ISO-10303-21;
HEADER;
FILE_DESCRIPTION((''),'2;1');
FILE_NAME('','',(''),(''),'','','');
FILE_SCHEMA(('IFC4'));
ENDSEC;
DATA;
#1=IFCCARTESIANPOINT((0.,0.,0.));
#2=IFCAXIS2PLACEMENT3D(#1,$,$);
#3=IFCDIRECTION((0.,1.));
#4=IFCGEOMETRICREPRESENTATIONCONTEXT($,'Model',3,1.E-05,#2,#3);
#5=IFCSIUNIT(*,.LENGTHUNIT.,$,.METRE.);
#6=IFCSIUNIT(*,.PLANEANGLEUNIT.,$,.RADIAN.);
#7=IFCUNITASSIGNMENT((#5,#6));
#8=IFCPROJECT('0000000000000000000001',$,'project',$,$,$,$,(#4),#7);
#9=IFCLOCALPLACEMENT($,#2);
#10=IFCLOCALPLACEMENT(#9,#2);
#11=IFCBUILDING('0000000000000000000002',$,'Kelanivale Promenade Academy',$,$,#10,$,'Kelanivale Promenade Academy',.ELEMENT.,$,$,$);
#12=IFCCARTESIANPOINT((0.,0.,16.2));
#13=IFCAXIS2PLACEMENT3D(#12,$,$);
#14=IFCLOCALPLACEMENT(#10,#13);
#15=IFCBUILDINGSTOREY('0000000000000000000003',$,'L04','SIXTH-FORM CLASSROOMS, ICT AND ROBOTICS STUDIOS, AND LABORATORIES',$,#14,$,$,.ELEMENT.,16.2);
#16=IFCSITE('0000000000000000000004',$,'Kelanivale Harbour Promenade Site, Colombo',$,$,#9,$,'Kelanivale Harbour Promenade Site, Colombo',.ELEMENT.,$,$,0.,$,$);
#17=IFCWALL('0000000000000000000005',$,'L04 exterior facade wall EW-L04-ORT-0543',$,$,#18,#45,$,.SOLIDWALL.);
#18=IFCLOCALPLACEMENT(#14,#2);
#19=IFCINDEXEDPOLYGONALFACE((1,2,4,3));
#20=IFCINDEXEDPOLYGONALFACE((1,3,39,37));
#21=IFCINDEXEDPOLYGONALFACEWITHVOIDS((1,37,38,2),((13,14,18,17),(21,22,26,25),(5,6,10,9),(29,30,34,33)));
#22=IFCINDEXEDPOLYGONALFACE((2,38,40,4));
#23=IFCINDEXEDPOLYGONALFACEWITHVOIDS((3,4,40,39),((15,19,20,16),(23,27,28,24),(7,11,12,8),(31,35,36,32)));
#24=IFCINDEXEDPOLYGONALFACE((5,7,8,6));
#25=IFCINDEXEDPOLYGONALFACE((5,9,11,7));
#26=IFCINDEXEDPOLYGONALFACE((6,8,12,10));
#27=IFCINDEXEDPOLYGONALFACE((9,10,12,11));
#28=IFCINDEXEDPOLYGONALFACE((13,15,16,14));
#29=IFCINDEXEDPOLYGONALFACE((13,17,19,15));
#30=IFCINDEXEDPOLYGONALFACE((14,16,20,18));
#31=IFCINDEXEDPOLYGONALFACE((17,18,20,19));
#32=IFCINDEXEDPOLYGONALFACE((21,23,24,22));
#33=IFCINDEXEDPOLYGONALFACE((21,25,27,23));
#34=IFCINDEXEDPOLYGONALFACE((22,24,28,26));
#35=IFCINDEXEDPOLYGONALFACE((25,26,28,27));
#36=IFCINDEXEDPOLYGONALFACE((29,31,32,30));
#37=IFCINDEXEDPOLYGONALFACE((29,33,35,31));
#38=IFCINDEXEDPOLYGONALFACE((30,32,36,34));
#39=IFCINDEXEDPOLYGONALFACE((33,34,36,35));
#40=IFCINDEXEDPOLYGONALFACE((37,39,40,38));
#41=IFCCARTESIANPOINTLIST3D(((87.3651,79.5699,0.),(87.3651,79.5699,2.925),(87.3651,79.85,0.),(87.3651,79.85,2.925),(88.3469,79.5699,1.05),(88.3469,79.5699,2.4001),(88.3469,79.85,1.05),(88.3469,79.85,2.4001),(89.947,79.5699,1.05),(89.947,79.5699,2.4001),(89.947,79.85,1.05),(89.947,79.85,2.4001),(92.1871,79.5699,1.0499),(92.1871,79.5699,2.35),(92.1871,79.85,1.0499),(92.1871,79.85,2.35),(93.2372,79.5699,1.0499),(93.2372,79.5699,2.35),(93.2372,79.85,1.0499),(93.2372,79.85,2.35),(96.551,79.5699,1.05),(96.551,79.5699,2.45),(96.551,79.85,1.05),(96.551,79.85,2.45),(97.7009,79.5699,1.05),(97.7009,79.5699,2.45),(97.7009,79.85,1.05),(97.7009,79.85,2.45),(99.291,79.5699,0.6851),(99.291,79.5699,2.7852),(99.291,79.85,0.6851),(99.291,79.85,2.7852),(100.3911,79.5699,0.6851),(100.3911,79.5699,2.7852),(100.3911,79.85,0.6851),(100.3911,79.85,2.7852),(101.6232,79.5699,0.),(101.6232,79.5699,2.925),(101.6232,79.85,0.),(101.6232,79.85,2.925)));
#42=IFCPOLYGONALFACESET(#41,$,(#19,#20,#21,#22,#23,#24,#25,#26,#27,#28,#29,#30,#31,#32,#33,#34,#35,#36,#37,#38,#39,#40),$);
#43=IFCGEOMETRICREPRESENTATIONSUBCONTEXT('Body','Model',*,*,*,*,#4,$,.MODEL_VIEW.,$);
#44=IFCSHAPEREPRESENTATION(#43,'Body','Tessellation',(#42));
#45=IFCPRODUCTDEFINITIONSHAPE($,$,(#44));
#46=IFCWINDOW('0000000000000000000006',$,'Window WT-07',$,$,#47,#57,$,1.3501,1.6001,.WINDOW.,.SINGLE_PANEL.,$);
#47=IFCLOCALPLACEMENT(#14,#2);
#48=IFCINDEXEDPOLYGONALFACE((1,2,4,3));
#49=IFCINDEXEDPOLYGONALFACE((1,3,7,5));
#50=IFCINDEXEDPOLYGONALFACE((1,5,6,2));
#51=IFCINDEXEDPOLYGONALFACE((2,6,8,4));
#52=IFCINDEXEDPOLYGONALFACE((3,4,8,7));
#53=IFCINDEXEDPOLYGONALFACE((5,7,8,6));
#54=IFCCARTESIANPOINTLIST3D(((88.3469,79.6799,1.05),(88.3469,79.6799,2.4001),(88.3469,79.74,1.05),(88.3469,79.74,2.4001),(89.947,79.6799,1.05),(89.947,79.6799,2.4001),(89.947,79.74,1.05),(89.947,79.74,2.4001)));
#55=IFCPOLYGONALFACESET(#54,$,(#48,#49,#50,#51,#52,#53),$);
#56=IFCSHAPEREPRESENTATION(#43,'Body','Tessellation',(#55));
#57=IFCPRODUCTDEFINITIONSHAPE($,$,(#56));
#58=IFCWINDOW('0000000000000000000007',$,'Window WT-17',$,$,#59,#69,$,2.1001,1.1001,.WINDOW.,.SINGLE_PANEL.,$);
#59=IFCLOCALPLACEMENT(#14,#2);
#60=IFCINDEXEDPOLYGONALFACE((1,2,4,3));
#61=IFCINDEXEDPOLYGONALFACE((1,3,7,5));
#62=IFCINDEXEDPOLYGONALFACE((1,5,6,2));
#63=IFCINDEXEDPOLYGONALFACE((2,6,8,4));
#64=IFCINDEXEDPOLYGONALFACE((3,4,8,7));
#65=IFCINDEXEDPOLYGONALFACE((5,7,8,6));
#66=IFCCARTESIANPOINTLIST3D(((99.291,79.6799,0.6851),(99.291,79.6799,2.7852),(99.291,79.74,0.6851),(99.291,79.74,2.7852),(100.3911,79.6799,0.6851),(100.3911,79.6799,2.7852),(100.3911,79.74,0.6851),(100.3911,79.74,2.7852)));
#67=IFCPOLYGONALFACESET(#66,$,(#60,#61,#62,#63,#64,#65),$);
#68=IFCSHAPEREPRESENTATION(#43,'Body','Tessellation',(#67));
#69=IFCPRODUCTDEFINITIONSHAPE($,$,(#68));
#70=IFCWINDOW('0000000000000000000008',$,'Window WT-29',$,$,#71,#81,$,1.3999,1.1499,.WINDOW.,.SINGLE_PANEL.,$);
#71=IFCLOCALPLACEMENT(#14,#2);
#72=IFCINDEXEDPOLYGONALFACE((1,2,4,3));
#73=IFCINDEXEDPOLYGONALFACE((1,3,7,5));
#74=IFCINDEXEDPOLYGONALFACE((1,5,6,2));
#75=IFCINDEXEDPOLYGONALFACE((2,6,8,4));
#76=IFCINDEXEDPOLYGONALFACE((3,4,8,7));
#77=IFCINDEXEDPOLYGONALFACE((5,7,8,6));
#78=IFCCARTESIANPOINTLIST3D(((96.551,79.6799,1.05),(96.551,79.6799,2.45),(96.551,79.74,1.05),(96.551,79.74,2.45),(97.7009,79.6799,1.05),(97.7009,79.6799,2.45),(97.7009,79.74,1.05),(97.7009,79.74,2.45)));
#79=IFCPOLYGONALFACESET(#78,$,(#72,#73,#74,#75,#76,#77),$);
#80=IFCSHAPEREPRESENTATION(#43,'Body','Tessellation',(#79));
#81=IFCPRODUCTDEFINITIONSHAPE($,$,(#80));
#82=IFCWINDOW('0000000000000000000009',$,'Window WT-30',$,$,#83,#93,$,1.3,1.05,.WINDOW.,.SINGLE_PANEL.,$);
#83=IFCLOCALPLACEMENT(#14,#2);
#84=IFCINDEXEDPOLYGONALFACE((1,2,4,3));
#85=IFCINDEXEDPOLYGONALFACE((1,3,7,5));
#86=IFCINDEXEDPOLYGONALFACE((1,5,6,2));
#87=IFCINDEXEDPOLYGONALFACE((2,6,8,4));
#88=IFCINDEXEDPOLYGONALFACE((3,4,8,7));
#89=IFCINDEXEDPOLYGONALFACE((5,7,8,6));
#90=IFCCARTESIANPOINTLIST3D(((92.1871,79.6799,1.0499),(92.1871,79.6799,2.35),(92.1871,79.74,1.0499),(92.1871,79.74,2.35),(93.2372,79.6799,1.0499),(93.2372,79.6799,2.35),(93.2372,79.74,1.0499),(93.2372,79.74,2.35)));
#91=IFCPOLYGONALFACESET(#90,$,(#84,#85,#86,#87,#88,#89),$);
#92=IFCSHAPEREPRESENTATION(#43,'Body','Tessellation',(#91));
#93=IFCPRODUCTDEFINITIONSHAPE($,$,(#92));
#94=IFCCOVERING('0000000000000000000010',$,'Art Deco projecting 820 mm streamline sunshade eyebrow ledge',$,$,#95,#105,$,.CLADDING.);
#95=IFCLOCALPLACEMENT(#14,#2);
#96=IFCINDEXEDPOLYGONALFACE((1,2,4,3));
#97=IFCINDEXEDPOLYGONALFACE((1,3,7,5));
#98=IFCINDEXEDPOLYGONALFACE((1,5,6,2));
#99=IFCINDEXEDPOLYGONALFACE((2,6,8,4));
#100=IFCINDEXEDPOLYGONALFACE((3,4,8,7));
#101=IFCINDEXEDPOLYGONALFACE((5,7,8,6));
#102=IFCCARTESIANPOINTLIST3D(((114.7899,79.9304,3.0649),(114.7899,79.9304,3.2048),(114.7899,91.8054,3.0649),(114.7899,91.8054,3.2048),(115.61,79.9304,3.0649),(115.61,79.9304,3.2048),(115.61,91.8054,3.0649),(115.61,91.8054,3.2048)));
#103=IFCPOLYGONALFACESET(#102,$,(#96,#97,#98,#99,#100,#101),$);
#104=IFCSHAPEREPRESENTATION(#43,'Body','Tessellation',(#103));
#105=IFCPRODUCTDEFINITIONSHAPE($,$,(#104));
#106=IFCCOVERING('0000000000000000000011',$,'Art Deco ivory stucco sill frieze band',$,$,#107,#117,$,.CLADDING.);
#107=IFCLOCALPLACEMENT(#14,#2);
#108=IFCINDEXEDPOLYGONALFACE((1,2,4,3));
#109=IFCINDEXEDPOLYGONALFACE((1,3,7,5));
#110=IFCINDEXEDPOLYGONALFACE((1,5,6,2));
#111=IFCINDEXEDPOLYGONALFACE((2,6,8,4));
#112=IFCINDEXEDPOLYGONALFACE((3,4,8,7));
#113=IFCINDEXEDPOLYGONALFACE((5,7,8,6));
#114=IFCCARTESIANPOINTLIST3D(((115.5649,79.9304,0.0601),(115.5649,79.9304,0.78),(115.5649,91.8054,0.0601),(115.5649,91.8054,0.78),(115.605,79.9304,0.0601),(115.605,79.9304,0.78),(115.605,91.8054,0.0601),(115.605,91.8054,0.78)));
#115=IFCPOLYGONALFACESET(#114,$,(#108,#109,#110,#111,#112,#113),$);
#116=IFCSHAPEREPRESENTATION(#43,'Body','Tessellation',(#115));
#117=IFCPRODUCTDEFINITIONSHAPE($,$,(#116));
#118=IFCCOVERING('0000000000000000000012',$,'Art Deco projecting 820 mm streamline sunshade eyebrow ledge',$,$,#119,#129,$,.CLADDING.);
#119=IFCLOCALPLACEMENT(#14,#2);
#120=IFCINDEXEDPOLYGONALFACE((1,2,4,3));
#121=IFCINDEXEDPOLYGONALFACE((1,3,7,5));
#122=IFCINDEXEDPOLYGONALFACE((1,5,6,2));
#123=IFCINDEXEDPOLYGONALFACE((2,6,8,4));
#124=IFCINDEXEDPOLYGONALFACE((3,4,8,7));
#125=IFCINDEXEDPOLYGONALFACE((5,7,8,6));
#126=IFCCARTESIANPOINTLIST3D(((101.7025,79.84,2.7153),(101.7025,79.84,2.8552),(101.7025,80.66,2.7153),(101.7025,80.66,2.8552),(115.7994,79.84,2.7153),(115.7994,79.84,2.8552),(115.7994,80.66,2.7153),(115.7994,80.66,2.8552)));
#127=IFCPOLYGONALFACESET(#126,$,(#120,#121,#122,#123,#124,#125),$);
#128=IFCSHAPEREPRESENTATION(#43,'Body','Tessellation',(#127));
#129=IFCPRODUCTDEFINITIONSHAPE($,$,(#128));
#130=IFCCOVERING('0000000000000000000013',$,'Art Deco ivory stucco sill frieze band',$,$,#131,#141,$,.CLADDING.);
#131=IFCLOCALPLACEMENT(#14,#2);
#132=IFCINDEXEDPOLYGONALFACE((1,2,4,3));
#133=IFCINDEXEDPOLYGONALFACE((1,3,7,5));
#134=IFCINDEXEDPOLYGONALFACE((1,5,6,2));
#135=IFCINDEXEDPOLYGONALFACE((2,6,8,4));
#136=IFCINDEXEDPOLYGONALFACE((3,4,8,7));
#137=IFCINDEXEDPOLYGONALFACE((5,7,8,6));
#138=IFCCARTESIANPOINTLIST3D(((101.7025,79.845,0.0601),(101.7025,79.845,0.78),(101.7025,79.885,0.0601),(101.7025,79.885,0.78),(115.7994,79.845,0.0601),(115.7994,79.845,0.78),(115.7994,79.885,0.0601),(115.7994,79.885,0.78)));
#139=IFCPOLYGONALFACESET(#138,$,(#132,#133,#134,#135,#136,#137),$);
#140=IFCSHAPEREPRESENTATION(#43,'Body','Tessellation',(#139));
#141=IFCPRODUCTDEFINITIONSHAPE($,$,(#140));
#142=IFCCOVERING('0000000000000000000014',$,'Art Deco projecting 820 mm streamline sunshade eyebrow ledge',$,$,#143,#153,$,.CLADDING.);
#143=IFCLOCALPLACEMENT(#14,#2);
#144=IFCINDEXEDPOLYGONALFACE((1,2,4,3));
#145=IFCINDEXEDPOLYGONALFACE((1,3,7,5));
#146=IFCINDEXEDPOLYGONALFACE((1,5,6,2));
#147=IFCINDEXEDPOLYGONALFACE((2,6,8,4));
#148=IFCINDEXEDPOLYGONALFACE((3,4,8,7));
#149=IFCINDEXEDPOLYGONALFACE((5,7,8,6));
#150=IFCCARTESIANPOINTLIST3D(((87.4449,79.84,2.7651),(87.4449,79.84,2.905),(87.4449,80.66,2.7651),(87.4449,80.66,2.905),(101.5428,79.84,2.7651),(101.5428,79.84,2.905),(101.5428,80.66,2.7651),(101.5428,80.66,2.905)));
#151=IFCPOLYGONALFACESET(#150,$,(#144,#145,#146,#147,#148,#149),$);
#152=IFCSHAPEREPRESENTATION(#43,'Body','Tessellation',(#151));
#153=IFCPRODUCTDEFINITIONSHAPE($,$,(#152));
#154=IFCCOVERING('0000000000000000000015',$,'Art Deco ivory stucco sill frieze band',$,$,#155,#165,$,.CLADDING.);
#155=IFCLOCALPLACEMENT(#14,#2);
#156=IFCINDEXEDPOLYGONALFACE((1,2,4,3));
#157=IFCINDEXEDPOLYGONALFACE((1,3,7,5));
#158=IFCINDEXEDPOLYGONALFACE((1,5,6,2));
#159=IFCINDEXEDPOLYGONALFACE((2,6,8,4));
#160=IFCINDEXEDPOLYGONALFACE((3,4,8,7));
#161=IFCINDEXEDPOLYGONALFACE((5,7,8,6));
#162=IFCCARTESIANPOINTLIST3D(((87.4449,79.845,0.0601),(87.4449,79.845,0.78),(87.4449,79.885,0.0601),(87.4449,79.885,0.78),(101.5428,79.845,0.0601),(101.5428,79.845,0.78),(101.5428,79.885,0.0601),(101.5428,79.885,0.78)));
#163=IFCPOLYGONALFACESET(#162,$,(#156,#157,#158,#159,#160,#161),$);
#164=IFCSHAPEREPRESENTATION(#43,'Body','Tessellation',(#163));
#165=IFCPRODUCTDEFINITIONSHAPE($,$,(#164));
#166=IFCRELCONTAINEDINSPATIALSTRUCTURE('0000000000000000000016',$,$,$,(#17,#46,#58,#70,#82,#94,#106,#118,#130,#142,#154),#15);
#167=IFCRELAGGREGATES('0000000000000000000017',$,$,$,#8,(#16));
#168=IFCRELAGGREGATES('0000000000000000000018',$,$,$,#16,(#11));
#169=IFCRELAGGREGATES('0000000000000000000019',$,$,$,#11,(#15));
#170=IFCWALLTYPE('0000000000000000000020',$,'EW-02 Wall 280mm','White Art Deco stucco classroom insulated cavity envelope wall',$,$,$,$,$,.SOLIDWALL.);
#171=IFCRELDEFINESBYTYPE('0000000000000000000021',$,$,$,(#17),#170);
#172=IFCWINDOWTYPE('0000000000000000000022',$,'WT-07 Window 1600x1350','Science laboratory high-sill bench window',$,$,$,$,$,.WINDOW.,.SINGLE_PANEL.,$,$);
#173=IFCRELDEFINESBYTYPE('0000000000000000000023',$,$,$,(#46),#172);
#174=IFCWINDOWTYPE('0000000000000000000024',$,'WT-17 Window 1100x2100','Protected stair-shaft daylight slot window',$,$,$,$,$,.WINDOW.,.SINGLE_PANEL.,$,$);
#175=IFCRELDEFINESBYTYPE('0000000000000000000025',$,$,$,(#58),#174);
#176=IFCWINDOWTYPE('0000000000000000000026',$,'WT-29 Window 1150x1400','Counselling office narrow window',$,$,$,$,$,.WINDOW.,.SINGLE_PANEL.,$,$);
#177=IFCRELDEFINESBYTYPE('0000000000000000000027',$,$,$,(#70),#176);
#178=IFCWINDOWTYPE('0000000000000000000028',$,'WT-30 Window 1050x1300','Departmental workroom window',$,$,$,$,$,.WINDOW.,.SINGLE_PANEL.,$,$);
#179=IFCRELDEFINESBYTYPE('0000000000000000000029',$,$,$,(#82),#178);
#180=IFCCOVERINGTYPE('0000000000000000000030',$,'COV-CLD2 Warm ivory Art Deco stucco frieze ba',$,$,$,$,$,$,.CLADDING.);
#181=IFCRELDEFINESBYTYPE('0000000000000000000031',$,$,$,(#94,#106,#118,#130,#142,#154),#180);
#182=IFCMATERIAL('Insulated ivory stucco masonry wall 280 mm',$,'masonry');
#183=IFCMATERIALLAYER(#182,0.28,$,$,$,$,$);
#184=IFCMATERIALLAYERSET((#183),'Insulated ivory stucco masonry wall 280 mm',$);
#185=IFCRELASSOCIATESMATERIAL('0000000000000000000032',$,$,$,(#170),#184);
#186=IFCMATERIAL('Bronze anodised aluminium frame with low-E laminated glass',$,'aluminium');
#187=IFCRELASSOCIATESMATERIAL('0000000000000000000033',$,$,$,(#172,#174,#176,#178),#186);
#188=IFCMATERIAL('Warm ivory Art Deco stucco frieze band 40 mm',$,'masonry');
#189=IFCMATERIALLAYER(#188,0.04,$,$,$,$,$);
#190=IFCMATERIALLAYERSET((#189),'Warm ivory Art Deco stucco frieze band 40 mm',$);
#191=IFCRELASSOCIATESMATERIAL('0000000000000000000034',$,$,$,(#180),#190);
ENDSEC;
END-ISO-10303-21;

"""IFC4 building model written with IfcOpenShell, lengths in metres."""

from ifc_helpers import new_model, si_unit, direction, frame, frame_2d, origin, origin_2d, place, context, subcontext, project, spatial, rectangle, extrude, material, layer, layer_set, type_object, element, fill, save


model = new_model("IFC4")

# Units and contexts
model_context = context("Model", 3, precision=1e-05, world=origin(), true_north=direction((0.0, 1.0)))
body_context = subcontext(model_context, "Body", "Model", "MODEL_VIEW")
ifc_project = project(units=[si_unit("LENGTHUNIT", "METRE"), si_unit("PLANEANGLEUNIT", "RADIAN")], contexts=[model_context])

# Site, building, storey
site_placement = place(None, origin())
site = spatial("IfcSite", under=ifc_project, at=site_placement, Name="Kelanivale Harbour Promenade Site, Colombo", LongName="Kelanivale Harbour Promenade Site, Colombo", CompositionType="ELEMENT", RefElevation=0.0)
building_placement = place(site_placement, origin())
building = spatial("IfcBuilding", under=site, at=building_placement, Name="Kelanivale Promenade Academy", LongName="Kelanivale Promenade Academy", CompositionType="ELEMENT")
storey_placement = place(building_placement, frame((0.0, 0.0, 16.2)))
storey = spatial("IfcBuildingStorey", under=building, at=storey_placement, Name="L04", Description="SIXTH-FORM CLASSROOMS, ICT AND ROBOTICS STUDIOS, AND LABORATORIES", CompositionType="ELEMENT", Elevation=16.2)

# Wall, openings, windows
ifc_material_1 = material(Name="Insulated ivory stucco masonry wall 280 mm", Category="masonry")
ifc_layer_1 = layer(ifc_material_1, 0.28)
ifc_layer_set_1 = layer_set([ifc_layer_1], Name="Insulated ivory stucco masonry wall 280 mm")
wall_type = type_object("IfcWallType", Name="EW-02 Wall 280mm", Description="White Art Deco stucco classroom insulated cavity envelope wall", PredefinedType="SOLIDWALL", material=ifc_layer_set_1)
wall_placement = place(storey_placement, frame((101.623, 79.71, 0.0), z_axis=(0.0, 0.0, 1.0), x_axis=(-1.0, 0.0, 0.0)))
wall = element("IfcWall", 1, at=wall_placement, inside=storey, type_object=wall_type, Name="L04 exterior facade wall EW-L04-ORT-0543", PredefinedType="SOLIDWALL", context=body_context, shape_type="SweptSolid", body=[
    extrude(rectangle(XDim=14.2581, YDim=0.28, at=frame_2d((7.1289, 0.0))), origin(), (0.0, 0.0, 1.0), 2.925),
])
opening_1_placement = place(wall_placement, frame((1.2319, 0.0, 0.6851)))
opening_1 = element("IfcOpeningElement", 2, at=opening_1_placement, cuts=wall, PredefinedType="OPENING", context=body_context, shape_type="SweptSolid", body=[
    extrude(rectangle(XDim=1.1001, YDim=2.1001, at=frame_2d((0.55, 1.05))), frame((0.0, 0.1499, 0.0), z_axis=(0.0, -1.0, 0.0), x_axis=(1.0, 0.0, 0.0)), (0.0, 0.0, 1.0), 0.3),
])
opening_2_placement = place(wall_placement, frame((3.9221, 0.0, 1.05)))
opening_2 = element("IfcOpeningElement", 3, at=opening_2_placement, cuts=wall, PredefinedType="OPENING", context=body_context, shape_type="SweptSolid", body=[
    extrude(rectangle(XDim=1.1499, YDim=1.3999, at=frame_2d((0.575, 0.7))), frame((0.0, 0.1499, 0.0), z_axis=(0.0, -1.0, 0.0), x_axis=(1.0, 0.0, 0.0)), (0.0, 0.0, 1.0), 0.3),
])
opening_3_placement = place(wall_placement, frame((8.386, 0.0, 1.05)))
opening_3 = element("IfcOpeningElement", 4, at=opening_3_placement, cuts=wall, PredefinedType="OPENING", context=body_context, shape_type="SweptSolid", body=[
    extrude(rectangle(XDim=1.05, YDim=1.3, at=frame_2d((0.5249, 0.6499))), frame((0.0, 0.1499, 0.0), z_axis=(0.0, -1.0, 0.0), x_axis=(1.0, 0.0, 0.0)), (0.0, 0.0, 1.0), 0.3),
])
opening_4_placement = place(wall_placement, frame((11.676, 0.0, 1.05)))
opening_4 = element("IfcOpeningElement", 5, at=opening_4_placement, cuts=wall, PredefinedType="OPENING", context=body_context, shape_type="SweptSolid", body=[
    extrude(rectangle(XDim=1.6001, YDim=1.3501, at=frame_2d((0.8, 0.675))), frame((0.0, 0.1499, 0.0), z_axis=(0.0, -1.0, 0.0), x_axis=(1.0, 0.0, 0.0)), (0.0, 0.0, 1.0), 0.3),
])
ifc_material_2 = material(Name="Bronze anodised aluminium frame with low-E laminated glass", Category="aluminium")
window_type_1 = type_object("IfcWindowType", Name="WT-07 Window 1600x1350", Description="Science laboratory high-sill bench window", PartitioningType="SINGLE_PANEL", PredefinedType="WINDOW", material=ifc_material_2)
window_1_placement = place(opening_4_placement, origin())
window_1 = element("IfcWindow", 6, at=window_1_placement, inside=storey, type_object=window_type_1, Name="Window WT-07", OverallHeight=1.3501, OverallWidth=1.6001, PartitioningType="SINGLE_PANEL", PredefinedType="WINDOW", context=body_context, shape_type="SweptSolid", body=[
    extrude(rectangle(XDim=1.6001, YDim=1.3501, at=frame_2d((0.8, 0.675))), frame((0.0, 0.03, 0.0), z_axis=(0.0, -1.0, 0.0), x_axis=(1.0, 0.0, 0.0)), (0.0, 0.0, 1.0), 0.0601),
])
fill(opening_4, window_1)
window_type_2 = type_object("IfcWindowType", Name="WT-17 Window 1100x2100", Description="Protected stair-shaft daylight slot window", PartitioningType="SINGLE_PANEL", PredefinedType="WINDOW", material=ifc_material_2)
window_2_placement = place(opening_1_placement, origin())
window_2 = element("IfcWindow", 7, at=window_2_placement, inside=storey, type_object=window_type_2, Name="Window WT-17", OverallHeight=2.1001, OverallWidth=1.1001, PartitioningType="SINGLE_PANEL", PredefinedType="WINDOW", context=body_context, shape_type="SweptSolid", body=[
    extrude(rectangle(XDim=1.1001, YDim=2.1001, at=frame_2d((0.55, 1.05))), frame((0.0, 0.03, 0.0), z_axis=(0.0, -1.0, 0.0), x_axis=(1.0, 0.0, 0.0)), (0.0, 0.0, 1.0), 0.0601),
])
fill(opening_1, window_2)
window_type_3 = type_object("IfcWindowType", Name="WT-29 Window 1150x1400", Description="Counselling office narrow window", PartitioningType="SINGLE_PANEL", PredefinedType="WINDOW", material=ifc_material_2)
window_3_placement = place(opening_2_placement, origin())
window_3 = element("IfcWindow", 8, at=window_3_placement, inside=storey, type_object=window_type_3, Name="Window WT-29", OverallHeight=1.3999, OverallWidth=1.1499, PartitioningType="SINGLE_PANEL", PredefinedType="WINDOW", context=body_context, shape_type="SweptSolid", body=[
    extrude(rectangle(XDim=1.1499, YDim=1.3999, at=frame_2d((0.575, 0.7))), frame((0.0, 0.03, 0.0), z_axis=(0.0, -1.0, 0.0), x_axis=(1.0, 0.0, 0.0)), (0.0, 0.0, 1.0), 0.0601),
])
fill(opening_2, window_3)
window_type_4 = type_object("IfcWindowType", Name="WT-30 Window 1050x1300", Description="Departmental workroom window", PartitioningType="SINGLE_PANEL", PredefinedType="WINDOW", material=ifc_material_2)
window_4_placement = place(opening_3_placement, origin())
window_4 = element("IfcWindow", 9, at=window_4_placement, inside=storey, type_object=window_type_4, Name="Window WT-30", OverallHeight=1.3, OverallWidth=1.05, PartitioningType="SINGLE_PANEL", PredefinedType="WINDOW", context=body_context, shape_type="SweptSolid", body=[
    extrude(rectangle(XDim=1.05, YDim=1.3, at=frame_2d((0.5249, 0.6499))), frame((0.0, 0.03, 0.0), z_axis=(0.0, -1.0, 0.0), x_axis=(1.0, 0.0, 0.0)), (0.0, 0.0, 1.0), 0.0601),
])
fill(opening_3, window_4)

# Coverings
ifc_material_3 = material(Name="Warm ivory Art Deco stucco frieze band 40 mm", Category="masonry")
ifc_layer_2 = layer(ifc_material_3, 0.04)
ifc_layer_set_2 = layer_set([ifc_layer_2], Name="Warm ivory Art Deco stucco frieze band 40 mm")
covering_type = type_object("IfcCoveringType", Name="COV-CLD2 Warm ivory Art Deco stucco frieze ba", PredefinedType="CLADDING", material=ifc_layer_set_2)
covering_1_placement = place(storey_placement, frame((115.2, 85.8679, 3.0649), z_axis=(0.0, 0.0, 1.0), x_axis=(0.0, -1.0, 0.0)))
element("IfcCovering", 10, at=covering_1_placement, inside=storey, type_object=covering_type, Name="Art Deco projecting 820 mm streamline sunshade eyebrow ledge", PredefinedType="CLADDING", context=body_context, shape_type="SweptSolid", body=[
    extrude(rectangle(XDim=11.875, YDim=0.8201, at=origin_2d()), origin(), (0.0, 0.0, 1.0), 0.1399),
])
covering_2_placement = place(storey_placement, frame((115.585, 85.8679, 0.0601), z_axis=(0.0, 0.0, 1.0), x_axis=(0.0, -1.0, 0.0)))
element("IfcCovering", 11, at=covering_2_placement, inside=storey, type_object=covering_type, Name="Art Deco ivory stucco sill frieze band", PredefinedType="CLADDING", context=body_context, shape_type="SweptSolid", body=[
    extrude(rectangle(XDim=11.875, YDim=0.04, at=origin_2d()), origin(), (0.0, 0.0, 1.0), 0.72),
])
covering_3_placement = place(storey_placement, frame((108.751, 80.25, 2.7153), z_axis=(0.0, 0.0, 1.0), x_axis=(-1.0, 0.0, 0.0)))
element("IfcCovering", 12, at=covering_3_placement, inside=storey, type_object=covering_type, Name="Art Deco projecting 820 mm streamline sunshade eyebrow ledge", PredefinedType="CLADDING", context=body_context, shape_type="SweptSolid", body=[
    extrude(rectangle(XDim=14.0969, YDim=0.8201, at=origin_2d()), origin(), (0.0, 0.0, 1.0), 0.1399),
])
covering_4_placement = place(storey_placement, frame((108.751, 79.865, 0.0601), z_axis=(0.0, 0.0, 1.0), x_axis=(-1.0, 0.0, 0.0)))
element("IfcCovering", 13, at=covering_4_placement, inside=storey, type_object=covering_type, Name="Art Deco ivory stucco sill frieze band", PredefinedType="CLADDING", context=body_context, shape_type="SweptSolid", body=[
    extrude(rectangle(XDim=14.0969, YDim=0.04, at=origin_2d()), origin(), (0.0, 0.0, 1.0), 0.72),
])
covering_5_placement = place(storey_placement, frame((94.4939, 80.25, 2.7651), z_axis=(0.0, 0.0, 1.0), x_axis=(-1.0, 0.0, 0.0)))
element("IfcCovering", 14, at=covering_5_placement, inside=storey, type_object=covering_type, Name="Art Deco projecting 820 mm streamline sunshade eyebrow ledge", PredefinedType="CLADDING", context=body_context, shape_type="SweptSolid", body=[
    extrude(rectangle(XDim=14.0979, YDim=0.8201, at=origin_2d()), origin(), (0.0, 0.0, 1.0), 0.1399),
])
covering_6_placement = place(storey_placement, frame((94.4939, 79.865, 0.0601), z_axis=(0.0, 0.0, 1.0), x_axis=(-1.0, 0.0, 0.0)))
element("IfcCovering", 15, at=covering_6_placement, inside=storey, type_object=covering_type, Name="Art Deco ivory stucco sill frieze band", PredefinedType="CLADDING", context=body_context, shape_type="SweptSolid", body=[
    extrude(rectangle(XDim=14.0979, YDim=0.04, at=origin_2d()), origin(), (0.0, 0.0, 1.0), 0.72),
])

save(model, "model.ifc")
